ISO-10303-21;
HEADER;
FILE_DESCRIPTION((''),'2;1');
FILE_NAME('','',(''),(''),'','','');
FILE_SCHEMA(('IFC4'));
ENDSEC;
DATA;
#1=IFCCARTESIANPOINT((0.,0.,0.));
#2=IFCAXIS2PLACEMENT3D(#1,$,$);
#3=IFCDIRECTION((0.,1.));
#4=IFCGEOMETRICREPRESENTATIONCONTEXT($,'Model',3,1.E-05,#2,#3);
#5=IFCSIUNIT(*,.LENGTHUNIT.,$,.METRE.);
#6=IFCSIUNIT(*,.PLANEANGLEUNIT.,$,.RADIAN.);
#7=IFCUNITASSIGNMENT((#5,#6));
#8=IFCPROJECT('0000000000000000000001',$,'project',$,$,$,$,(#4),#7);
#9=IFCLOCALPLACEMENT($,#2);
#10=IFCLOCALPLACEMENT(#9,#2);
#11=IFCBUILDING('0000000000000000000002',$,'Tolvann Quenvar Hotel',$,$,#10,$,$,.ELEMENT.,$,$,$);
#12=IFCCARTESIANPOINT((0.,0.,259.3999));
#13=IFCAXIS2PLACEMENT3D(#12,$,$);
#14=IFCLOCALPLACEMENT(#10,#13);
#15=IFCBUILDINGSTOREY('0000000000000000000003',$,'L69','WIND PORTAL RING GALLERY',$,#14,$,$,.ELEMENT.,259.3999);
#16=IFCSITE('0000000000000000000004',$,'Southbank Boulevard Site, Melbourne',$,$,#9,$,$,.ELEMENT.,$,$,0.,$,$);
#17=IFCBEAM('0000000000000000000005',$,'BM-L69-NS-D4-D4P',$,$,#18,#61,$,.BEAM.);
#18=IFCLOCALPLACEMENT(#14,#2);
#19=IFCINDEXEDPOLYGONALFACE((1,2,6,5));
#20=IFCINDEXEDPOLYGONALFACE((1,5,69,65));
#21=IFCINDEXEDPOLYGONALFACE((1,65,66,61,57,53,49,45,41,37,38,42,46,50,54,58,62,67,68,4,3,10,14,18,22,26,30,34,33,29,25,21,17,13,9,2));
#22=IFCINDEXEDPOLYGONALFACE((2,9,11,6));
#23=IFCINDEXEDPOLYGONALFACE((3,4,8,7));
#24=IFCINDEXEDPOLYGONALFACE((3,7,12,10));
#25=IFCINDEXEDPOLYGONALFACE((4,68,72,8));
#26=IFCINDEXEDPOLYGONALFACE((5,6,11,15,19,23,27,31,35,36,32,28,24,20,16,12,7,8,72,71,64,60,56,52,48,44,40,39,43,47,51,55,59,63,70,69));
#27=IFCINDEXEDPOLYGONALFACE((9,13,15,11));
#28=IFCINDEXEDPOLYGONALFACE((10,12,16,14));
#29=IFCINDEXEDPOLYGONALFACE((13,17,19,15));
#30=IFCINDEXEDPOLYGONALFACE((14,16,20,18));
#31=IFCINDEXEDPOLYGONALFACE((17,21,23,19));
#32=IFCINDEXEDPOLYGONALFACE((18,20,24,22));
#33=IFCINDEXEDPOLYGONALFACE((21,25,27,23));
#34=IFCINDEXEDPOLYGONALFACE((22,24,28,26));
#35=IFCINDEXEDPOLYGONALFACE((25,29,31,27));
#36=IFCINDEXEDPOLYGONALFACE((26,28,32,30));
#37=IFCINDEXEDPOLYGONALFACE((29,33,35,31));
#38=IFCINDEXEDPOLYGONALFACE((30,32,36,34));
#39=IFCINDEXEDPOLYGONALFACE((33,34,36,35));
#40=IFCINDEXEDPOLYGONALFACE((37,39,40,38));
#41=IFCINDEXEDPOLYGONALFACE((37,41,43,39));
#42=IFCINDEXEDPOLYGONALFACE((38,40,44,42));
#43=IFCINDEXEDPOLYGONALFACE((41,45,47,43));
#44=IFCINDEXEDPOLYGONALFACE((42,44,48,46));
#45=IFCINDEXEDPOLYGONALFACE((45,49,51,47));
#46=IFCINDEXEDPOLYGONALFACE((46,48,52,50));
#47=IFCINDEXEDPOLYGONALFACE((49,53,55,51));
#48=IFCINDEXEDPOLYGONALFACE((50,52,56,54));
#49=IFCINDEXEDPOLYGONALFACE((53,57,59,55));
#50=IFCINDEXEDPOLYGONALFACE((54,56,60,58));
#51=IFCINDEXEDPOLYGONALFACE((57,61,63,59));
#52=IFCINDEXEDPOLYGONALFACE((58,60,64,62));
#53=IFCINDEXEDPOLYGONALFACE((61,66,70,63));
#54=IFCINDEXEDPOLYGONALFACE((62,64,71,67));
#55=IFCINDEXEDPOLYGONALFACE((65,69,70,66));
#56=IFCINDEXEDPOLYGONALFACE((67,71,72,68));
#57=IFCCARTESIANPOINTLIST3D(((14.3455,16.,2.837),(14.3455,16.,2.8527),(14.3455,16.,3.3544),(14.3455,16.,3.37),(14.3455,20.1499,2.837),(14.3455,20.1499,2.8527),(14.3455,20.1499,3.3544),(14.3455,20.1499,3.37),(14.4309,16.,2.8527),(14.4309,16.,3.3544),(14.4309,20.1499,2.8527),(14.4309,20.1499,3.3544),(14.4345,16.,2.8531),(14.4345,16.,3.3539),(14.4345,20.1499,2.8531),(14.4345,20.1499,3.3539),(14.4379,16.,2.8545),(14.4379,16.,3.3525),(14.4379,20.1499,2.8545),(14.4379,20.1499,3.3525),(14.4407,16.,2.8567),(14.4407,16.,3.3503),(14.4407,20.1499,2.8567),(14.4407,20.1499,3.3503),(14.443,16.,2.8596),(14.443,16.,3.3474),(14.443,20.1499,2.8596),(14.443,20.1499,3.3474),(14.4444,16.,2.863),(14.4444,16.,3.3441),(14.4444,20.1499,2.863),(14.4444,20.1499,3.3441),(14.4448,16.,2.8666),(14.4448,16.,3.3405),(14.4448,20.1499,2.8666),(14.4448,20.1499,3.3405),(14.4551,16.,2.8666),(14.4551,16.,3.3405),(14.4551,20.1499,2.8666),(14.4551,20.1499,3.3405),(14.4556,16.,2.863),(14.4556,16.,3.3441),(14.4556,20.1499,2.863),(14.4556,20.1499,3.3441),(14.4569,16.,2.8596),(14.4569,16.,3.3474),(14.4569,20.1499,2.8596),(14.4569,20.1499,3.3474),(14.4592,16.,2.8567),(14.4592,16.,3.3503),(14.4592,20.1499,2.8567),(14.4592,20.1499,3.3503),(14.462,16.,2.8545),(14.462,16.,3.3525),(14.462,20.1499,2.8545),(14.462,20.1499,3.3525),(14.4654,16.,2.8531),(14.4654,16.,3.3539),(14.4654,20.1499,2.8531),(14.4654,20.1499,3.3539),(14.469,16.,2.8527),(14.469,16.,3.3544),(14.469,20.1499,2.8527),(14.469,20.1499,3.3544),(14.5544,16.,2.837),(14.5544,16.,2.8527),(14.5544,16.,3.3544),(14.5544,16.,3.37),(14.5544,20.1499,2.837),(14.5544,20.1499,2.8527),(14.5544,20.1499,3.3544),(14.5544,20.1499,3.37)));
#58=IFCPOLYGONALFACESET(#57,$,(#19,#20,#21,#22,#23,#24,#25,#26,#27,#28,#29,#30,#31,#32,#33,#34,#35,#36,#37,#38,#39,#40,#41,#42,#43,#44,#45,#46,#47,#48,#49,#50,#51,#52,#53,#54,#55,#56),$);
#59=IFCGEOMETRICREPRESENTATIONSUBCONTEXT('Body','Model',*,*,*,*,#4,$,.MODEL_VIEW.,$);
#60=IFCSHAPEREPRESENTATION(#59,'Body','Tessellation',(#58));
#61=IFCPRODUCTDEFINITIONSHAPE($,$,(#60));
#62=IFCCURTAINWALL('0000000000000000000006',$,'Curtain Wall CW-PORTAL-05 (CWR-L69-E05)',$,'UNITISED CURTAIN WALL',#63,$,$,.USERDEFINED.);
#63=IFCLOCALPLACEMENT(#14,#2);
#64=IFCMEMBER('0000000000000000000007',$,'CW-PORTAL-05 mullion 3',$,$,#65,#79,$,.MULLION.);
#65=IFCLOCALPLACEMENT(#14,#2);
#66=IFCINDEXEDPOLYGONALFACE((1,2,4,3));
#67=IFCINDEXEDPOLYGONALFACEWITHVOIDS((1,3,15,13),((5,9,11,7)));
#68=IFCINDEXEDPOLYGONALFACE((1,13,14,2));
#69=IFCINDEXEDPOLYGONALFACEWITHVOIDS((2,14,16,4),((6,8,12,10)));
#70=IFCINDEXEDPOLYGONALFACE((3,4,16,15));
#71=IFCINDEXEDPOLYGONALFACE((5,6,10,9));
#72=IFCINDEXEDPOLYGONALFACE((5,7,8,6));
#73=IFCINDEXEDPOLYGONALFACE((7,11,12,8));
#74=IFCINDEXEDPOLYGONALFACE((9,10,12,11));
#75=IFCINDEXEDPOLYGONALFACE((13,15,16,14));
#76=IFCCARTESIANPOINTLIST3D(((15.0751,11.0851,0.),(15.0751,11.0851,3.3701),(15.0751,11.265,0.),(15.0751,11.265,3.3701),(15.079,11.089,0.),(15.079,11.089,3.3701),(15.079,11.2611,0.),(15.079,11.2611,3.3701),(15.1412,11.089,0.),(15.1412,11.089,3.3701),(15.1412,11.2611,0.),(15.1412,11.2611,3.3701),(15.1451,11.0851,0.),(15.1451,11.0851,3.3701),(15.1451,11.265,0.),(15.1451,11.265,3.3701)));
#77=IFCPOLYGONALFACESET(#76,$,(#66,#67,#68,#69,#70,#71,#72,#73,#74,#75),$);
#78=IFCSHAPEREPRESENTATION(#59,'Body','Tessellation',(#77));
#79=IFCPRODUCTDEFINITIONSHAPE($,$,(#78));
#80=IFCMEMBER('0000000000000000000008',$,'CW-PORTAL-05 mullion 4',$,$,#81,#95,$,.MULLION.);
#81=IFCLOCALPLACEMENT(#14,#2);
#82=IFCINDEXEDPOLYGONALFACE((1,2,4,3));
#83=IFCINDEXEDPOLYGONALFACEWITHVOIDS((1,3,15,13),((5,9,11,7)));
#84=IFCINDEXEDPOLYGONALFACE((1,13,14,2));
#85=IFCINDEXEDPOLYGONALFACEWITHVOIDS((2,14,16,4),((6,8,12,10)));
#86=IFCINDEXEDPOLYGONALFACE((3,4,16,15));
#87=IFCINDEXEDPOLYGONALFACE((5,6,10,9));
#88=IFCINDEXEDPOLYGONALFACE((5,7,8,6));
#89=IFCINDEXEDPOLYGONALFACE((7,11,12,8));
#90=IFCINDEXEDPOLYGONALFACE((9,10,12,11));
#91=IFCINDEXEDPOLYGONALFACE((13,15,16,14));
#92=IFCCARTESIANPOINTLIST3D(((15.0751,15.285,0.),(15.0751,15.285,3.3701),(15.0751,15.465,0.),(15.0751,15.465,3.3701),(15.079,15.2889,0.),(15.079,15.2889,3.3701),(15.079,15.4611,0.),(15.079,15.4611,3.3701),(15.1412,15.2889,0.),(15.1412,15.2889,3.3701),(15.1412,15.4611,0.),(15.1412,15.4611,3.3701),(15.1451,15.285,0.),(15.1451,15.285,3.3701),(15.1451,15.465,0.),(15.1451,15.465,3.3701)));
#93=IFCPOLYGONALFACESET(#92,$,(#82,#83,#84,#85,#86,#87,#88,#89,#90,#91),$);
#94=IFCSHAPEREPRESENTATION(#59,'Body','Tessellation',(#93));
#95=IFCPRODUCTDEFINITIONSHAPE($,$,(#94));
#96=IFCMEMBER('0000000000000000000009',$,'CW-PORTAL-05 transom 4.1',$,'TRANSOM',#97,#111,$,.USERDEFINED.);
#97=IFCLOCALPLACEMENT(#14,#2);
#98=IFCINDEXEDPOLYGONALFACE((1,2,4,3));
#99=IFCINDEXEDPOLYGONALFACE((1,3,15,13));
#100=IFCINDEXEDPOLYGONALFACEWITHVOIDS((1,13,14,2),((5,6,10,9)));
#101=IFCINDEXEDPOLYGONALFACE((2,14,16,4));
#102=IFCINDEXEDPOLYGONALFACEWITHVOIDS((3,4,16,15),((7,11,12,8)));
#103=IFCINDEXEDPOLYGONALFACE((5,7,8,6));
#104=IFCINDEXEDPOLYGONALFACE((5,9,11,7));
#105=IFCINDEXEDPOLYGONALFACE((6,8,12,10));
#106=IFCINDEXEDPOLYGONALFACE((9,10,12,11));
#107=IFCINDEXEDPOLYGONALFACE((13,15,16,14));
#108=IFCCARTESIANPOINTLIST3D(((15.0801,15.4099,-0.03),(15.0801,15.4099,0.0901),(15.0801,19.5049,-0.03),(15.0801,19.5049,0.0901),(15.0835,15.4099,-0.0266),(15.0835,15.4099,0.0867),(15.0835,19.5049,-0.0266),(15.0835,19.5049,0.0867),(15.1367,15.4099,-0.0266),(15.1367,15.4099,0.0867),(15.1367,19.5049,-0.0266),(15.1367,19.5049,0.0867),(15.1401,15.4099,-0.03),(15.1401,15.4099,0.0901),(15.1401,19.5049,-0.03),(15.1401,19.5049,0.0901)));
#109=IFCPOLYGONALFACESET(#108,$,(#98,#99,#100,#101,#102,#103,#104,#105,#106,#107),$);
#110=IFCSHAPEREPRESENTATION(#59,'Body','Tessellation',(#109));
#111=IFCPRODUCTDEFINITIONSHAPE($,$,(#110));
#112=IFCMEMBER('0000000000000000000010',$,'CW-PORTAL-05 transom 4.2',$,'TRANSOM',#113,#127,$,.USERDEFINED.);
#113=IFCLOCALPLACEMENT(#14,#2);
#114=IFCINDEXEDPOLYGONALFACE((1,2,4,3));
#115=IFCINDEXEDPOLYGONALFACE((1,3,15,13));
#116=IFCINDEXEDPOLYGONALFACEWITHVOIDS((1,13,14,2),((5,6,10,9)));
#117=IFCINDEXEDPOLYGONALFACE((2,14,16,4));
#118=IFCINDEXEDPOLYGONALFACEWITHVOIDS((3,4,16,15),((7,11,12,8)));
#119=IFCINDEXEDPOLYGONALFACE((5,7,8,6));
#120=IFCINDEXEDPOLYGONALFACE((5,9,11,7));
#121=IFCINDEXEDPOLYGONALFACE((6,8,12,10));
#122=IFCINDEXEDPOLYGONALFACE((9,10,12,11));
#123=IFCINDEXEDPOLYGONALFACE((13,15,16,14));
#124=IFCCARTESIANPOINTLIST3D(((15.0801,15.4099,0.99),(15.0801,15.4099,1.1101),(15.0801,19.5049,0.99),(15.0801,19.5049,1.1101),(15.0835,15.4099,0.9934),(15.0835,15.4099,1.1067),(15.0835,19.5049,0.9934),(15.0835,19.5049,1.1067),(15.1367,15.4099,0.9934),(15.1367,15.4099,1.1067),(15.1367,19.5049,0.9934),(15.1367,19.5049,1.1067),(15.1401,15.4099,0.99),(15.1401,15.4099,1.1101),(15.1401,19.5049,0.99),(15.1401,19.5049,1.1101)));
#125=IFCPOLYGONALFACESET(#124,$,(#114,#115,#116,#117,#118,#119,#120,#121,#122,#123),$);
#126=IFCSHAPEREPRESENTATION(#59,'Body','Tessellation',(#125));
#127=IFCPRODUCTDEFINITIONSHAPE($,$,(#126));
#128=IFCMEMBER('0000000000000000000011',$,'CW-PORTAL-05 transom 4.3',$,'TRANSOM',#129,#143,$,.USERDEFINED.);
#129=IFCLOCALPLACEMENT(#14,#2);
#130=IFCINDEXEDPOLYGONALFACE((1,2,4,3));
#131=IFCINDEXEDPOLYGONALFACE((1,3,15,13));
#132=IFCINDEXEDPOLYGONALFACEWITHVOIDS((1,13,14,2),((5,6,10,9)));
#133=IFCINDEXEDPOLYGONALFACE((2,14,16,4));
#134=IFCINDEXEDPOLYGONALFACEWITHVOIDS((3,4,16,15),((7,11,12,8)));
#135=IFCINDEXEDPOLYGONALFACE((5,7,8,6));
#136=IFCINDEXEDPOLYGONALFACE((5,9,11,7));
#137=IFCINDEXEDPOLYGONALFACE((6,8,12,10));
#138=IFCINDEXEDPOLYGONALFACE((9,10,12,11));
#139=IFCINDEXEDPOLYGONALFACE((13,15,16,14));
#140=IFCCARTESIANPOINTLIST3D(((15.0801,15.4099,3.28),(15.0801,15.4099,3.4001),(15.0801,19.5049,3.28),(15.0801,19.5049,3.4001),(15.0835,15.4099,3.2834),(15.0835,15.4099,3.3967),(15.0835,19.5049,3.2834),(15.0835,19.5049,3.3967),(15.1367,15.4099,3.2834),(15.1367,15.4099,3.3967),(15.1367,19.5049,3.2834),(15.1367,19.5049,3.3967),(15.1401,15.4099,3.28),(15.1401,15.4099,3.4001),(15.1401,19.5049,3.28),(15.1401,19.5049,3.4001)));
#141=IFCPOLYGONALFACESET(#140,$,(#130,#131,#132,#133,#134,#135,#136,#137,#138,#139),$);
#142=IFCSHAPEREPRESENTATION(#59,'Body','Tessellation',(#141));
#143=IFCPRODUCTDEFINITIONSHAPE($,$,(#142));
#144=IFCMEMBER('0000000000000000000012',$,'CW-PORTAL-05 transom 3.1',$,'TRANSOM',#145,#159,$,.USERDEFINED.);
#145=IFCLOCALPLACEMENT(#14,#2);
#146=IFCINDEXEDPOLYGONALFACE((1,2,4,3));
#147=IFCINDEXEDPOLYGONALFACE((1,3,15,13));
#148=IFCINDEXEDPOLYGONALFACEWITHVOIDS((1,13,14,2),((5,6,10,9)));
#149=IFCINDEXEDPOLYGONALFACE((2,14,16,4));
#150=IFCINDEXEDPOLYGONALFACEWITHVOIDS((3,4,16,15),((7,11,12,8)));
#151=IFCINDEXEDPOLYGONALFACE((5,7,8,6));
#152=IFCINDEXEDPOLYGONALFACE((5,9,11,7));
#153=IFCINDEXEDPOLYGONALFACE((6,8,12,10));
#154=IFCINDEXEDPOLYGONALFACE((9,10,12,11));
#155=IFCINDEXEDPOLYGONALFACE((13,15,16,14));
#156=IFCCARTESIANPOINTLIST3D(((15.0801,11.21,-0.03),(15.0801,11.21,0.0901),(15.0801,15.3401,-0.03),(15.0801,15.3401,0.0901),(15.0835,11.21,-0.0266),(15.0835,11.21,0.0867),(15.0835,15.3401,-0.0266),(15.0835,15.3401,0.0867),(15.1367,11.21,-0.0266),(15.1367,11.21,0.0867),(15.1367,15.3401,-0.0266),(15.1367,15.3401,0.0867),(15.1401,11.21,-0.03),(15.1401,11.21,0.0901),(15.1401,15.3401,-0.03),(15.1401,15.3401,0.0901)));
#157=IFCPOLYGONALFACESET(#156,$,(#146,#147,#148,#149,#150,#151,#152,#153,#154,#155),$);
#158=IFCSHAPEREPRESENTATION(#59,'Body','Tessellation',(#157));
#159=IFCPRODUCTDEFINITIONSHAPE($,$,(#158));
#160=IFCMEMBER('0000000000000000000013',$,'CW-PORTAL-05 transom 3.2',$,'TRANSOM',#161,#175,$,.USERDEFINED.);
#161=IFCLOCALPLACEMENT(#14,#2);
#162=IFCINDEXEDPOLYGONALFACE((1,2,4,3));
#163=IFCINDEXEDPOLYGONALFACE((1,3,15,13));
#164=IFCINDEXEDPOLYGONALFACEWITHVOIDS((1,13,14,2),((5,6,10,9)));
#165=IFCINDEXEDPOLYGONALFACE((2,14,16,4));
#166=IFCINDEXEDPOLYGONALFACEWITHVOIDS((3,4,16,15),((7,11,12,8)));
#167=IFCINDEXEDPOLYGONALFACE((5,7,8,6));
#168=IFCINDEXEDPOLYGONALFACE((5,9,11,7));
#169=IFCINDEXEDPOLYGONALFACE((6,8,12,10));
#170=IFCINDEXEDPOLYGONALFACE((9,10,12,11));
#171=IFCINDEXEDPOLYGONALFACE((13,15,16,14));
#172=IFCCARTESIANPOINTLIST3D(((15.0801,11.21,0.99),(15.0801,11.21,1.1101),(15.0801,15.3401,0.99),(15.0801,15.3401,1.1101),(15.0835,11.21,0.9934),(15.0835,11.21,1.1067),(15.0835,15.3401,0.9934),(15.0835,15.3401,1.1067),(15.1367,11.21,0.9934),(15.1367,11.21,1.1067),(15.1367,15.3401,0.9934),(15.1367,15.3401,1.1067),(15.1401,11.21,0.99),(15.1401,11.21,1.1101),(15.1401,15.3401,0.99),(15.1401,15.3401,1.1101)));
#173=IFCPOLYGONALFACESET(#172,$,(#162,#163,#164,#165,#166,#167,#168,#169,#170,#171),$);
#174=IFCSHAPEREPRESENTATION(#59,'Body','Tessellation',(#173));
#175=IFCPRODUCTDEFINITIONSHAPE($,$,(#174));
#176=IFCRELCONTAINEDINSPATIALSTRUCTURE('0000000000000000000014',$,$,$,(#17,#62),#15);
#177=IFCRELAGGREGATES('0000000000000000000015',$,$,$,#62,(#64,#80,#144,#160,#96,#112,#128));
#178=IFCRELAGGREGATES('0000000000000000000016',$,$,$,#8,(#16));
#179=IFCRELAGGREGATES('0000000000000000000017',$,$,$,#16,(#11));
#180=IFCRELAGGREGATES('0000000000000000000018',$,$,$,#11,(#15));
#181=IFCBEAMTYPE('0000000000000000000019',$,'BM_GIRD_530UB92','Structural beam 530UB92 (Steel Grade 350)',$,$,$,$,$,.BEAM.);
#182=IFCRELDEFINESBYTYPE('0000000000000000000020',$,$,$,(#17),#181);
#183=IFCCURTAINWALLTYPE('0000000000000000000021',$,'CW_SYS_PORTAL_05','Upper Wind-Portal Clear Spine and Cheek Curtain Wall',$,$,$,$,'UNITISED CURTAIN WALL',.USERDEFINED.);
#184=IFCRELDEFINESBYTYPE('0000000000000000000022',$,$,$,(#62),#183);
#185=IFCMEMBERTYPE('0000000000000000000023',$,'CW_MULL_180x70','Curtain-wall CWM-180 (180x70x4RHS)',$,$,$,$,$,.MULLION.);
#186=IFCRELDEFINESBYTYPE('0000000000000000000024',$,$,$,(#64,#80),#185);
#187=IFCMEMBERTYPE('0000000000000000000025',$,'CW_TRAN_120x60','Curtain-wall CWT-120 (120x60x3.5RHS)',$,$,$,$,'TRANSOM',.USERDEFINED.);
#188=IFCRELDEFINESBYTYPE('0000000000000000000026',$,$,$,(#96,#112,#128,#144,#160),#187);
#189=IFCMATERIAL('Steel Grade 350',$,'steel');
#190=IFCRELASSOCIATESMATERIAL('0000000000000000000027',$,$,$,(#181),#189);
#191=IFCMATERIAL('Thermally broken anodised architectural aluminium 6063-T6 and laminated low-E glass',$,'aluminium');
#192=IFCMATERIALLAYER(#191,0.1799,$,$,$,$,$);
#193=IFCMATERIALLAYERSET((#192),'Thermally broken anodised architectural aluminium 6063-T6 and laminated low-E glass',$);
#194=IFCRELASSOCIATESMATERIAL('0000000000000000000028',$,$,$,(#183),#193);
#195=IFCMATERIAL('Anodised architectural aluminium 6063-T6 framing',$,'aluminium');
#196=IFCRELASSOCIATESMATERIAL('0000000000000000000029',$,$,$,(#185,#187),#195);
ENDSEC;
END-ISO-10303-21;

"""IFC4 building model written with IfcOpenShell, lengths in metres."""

from ifc_helpers import new_model, si_unit, direction, frame, origin, origin_2d, place, context, subcontext, project, spatial, hollow_rectangle, i_section, extrude, source, transform, mapped, material, layer, layer_set, material_profile, profile_set, type_object, type_shapes, element, aggregate, save


model = new_model("IFC4")

# Units and contexts
model_context = context("Model", 3, precision=1e-05, world=origin(), true_north=direction((0.0, 1.0)))
body_context = subcontext(model_context, "Body", "Model", "MODEL_VIEW")
ifc_project = project(units=[si_unit("LENGTHUNIT", "METRE"), si_unit("PLANEANGLEUNIT", "RADIAN")], contexts=[model_context])

# Site, building, storey
site_placement = place(None, origin())
site = spatial("IfcSite", under=ifc_project, at=site_placement, Name="Southbank Boulevard Site, Melbourne", CompositionType="ELEMENT", RefElevation=0.0)
building_placement = place(site_placement, origin())
building = spatial("IfcBuilding", under=site, at=building_placement, Name="Tolvann Quenvar Hotel", CompositionType="ELEMENT")
storey_placement = place(building_placement, frame((0.0, 0.0, 259.3999)))
storey = spatial("IfcBuildingStorey", under=building, at=storey_placement, Name="L69", Description="WIND PORTAL RING GALLERY", CompositionType="ELEMENT", Elevation=259.3999)

# Shared definitions
ifc_material_1 = material(Name="Steel Grade 350", Category="steel")

# Beam
ifc_material_profile_1 = material_profile(ifc_material_1, i_section(OverallWidth=0.209, OverallDepth=0.533, WebThickness=0.0103, FlangeThickness=0.0156, FilletRadius=0.0139, at=origin_2d()), Name="530UB92")
ifc_profile_set_1 = profile_set([ifc_material_profile_1], Name="Steel Grade 350")
beam_type = type_object("IfcBeamType", Name="BM_GIRD_530UB92", Description="Structural beam 530UB92 (Steel Grade 350)", PredefinedType="BEAM", material=ifc_profile_set_1)
shared_shape_1 = source(origin(), body_context, "Body", "SweptSolid", [
    extrude(i_section(OverallWidth=0.209, OverallDepth=0.533, WebThickness=0.0103, FlangeThickness=0.0156, FilletRadius=0.0139, at=origin_2d()), origin(), (0.0, 0.0, 1.0), 4.1499),
])
beam_1_placement = place(storey_placement, frame((14.45, 16.0, 3.1035), z_axis=(0.0, 1.0, 0.0), x_axis=(-1.0, 0.0, 0.0)))
element("IfcBeam", 1, at=beam_1_placement, inside=storey, type_object=beam_type, Name="BM-L69-NS-D4-D4P", PredefinedType="BEAM", context=body_context, shape_type="MappedRepresentation", body=[
    mapped(shared_shape_1, transform((0.0, 0.0, 0.0), x_axis=(1.0, 0.0, 0.0), y_axis=(0.0, 1.0, 0.0), z_axis=(0.0, 0.0, 1.0), scale=1.0)),
])

# Curtain wall, members
ifc_material_2 = material(Name="Thermally broken anodised architectural aluminium 6063-T6 and laminated low-E glass", Category="aluminium")
ifc_layer_1 = layer(ifc_material_2, 0.1799)
ifc_layer_set_1 = layer_set([ifc_layer_1], Name="Thermally broken anodised architectural aluminium 6063-T6 and laminated low-E glass")
curtain_wall_type = type_object("IfcCurtainWallType", Name="CW_SYS_PORTAL_05", Description="Upper Wind-Portal Clear Spine and Cheek Curtain Wall", ElementType="UNITISED CURTAIN WALL", PredefinedType="USERDEFINED", material=ifc_layer_set_1)
curtain_wall_placement = place(storey_placement, origin())
curtain_wall = element("IfcCurtainWall", 2, at=curtain_wall_placement, inside=storey, type_object=curtain_wall_type, Name="Curtain Wall CW-PORTAL-05 (CWR-L69-E05)", ObjectType="UNITISED CURTAIN WALL", PredefinedType="USERDEFINED")
ifc_material_3 = material(Name="Anodised architectural aluminium 6063-T6 framing", Category="aluminium")
ifc_material_profile_2 = material_profile(ifc_material_3, hollow_rectangle(XDim=0.0701, YDim=0.1799, WallThickness=0.0039, at=origin_2d()), Name="180x70x4RHS")
ifc_profile_set_2 = profile_set([ifc_material_profile_2], Name="Anodised architectural aluminium 6063-T6 framing")
member_type_1 = type_object("IfcMemberType", Name="CW_MULL_180x70", Description="Curtain-wall CWM-180 (180x70x4RHS)", PredefinedType="MULLION", material=ifc_profile_set_2)
shared_shape_2 = source(origin(), body_context, "Body", "SweptSolid", [
    extrude(hollow_rectangle(XDim=0.0701, YDim=0.1799, WallThickness=0.0039, at=origin_2d()), origin(), (0.0, 0.0, 1.0), 3.3701),
])
type_shapes(member_type_1, [shared_shape_2])
member_1_placement = place(storey_placement, frame((15.1101, 11.175, 0.0), z_axis=(0.0, 0.0, 1.0), x_axis=(-1.0, 0.0, 0.0)))
member_1 = element("IfcMember", 3, at=member_1_placement, type_object=member_type_1, Name="CW-PORTAL-05 mullion 3", PredefinedType="MULLION", context=body_context, shape_type="MappedRepresentation", body=[
    mapped(shared_shape_2, transform((0.0, 0.0, 0.0), x_axis=(1.0, 0.0, 0.0), y_axis=(0.0, 1.0, 0.0), z_axis=(0.0, 0.0, 1.0), scale=1.0)),
])
member_2_placement = place(storey_placement, frame((15.1101, 15.375, 0.0), z_axis=(0.0, 0.0, 1.0), x_axis=(-1.0, 0.0, 0.0)))
member_2 = element("IfcMember", 4, at=member_2_placement, type_object=member_type_1, Name="CW-PORTAL-05 mullion 4", PredefinedType="MULLION", context=body_context, shape_type="MappedRepresentation", body=[
    mapped(shared_shape_2, transform((0.0, 0.0, 0.0), x_axis=(1.0, 0.0, 0.0), y_axis=(0.0, 1.0, 0.0), z_axis=(0.0, 0.0, 1.0), scale=1.0)),
])
ifc_material_profile_3 = material_profile(ifc_material_3, hollow_rectangle(XDim=0.0601, YDim=0.1201, WallThickness=0.0034, at=origin_2d()), Name="120x60x3.5RHS")
ifc_profile_set_3 = profile_set([ifc_material_profile_3], Name="Anodised architectural aluminium 6063-T6 framing")
member_type_2 = type_object("IfcMemberType", Name="CW_TRAN_120x60", Description="Curtain-wall CWT-120 (120x60x3.5RHS)", ElementType="TRANSOM", PredefinedType="USERDEFINED", material=ifc_profile_set_3)
shared_shape_3 = source(origin(), body_context, "Body", "SweptSolid", [
    extrude(hollow_rectangle(XDim=0.0601, YDim=0.1201, WallThickness=0.0034, at=origin_2d()), origin(), (0.0, 0.0, 1.0), 4.095),
])
member_3_placement = place(storey_placement, frame((15.1101, 15.4099, 0.03), z_axis=(0.0, 1.0, 0.0), x_axis=(-1.0, 0.0, 0.0)))
member_3 = element("IfcMember", 5, at=member_3_placement, type_object=member_type_2, Name="CW-PORTAL-05 transom 4.1", ObjectType="TRANSOM", PredefinedType="USERDEFINED", context=body_context, shape_type="MappedRepresentation", body=[
    mapped(shared_shape_3, transform((0.0, 0.0, 0.0), x_axis=(1.0, 0.0, 0.0), y_axis=(0.0, 1.0, 0.0), z_axis=(0.0, 0.0, 1.0), scale=1.0)),
])
member_4_placement = place(storey_placement, frame((15.1101, 15.4099, 1.05), z_axis=(0.0, 1.0, 0.0), x_axis=(-1.0, 0.0, 0.0)))
member_4 = element("IfcMember", 6, at=member_4_placement, type_object=member_type_2, Name="CW-PORTAL-05 transom 4.2", ObjectType="TRANSOM", PredefinedType="USERDEFINED", context=body_context, shape_type="MappedRepresentation", body=[
    mapped(shared_shape_3, transform((0.0, 0.0, 0.0), x_axis=(1.0, 0.0, 0.0), y_axis=(0.0, 1.0, 0.0), z_axis=(0.0, 0.0, 1.0), scale=1.0)),
])
member_5_placement = place(storey_placement, frame((15.1101, 15.4099, 3.3401), z_axis=(0.0, 1.0, 0.0), x_axis=(-1.0, 0.0, 0.0)))
member_5 = element("IfcMember", 7, at=member_5_placement, type_object=member_type_2, Name="CW-PORTAL-05 transom 4.3", ObjectType="TRANSOM", PredefinedType="USERDEFINED", context=body_context, shape_type="MappedRepresentation", body=[
    mapped(shared_shape_3, transform((0.0, 0.0, 0.0), x_axis=(1.0, 0.0, 0.0), y_axis=(0.0, 1.0, 0.0), z_axis=(0.0, 0.0, 1.0), scale=1.0)),
])
shared_shape_4 = source(origin(), body_context, "Body", "SweptSolid", [
    extrude(hollow_rectangle(XDim=0.0601, YDim=0.1201, WallThickness=0.0034, at=origin_2d()), origin(), (0.0, 0.0, 1.0), 4.1301),
])
type_shapes(member_type_2, [shared_shape_3, shared_shape_4])
member_6_placement = place(storey_placement, frame((15.1101, 11.21, 0.03), z_axis=(0.0, 1.0, 0.0), x_axis=(-1.0, 0.0, 0.0)))
member_6 = element("IfcMember", 8, at=member_6_placement, type_object=member_type_2, Name="CW-PORTAL-05 transom 3.1", ObjectType="TRANSOM", PredefinedType="USERDEFINED", context=body_context, shape_type="MappedRepresentation", body=[
    mapped(shared_shape_4, transform((0.0, 0.0, 0.0), x_axis=(1.0, 0.0, 0.0), y_axis=(0.0, 1.0, 0.0), z_axis=(0.0, 0.0, 1.0), scale=1.0)),
])
member_7_placement = place(storey_placement, frame((15.1101, 11.21, 1.05), z_axis=(0.0, 1.0, 0.0), x_axis=(-1.0, 0.0, 0.0)))
member_7 = element("IfcMember", 9, at=member_7_placement, type_object=member_type_2, Name="CW-PORTAL-05 transom 3.2", ObjectType="TRANSOM", PredefinedType="USERDEFINED", context=body_context, shape_type="MappedRepresentation", body=[
    mapped(shared_shape_4, transform((0.0, 0.0, 0.0), x_axis=(1.0, 0.0, 0.0), y_axis=(0.0, 1.0, 0.0), z_axis=(0.0, 0.0, 1.0), scale=1.0)),
])
aggregate(curtain_wall, [member_1, member_2, member_6, member_7, member_3, member_4, member_5])

save(model, "model.ifc")
